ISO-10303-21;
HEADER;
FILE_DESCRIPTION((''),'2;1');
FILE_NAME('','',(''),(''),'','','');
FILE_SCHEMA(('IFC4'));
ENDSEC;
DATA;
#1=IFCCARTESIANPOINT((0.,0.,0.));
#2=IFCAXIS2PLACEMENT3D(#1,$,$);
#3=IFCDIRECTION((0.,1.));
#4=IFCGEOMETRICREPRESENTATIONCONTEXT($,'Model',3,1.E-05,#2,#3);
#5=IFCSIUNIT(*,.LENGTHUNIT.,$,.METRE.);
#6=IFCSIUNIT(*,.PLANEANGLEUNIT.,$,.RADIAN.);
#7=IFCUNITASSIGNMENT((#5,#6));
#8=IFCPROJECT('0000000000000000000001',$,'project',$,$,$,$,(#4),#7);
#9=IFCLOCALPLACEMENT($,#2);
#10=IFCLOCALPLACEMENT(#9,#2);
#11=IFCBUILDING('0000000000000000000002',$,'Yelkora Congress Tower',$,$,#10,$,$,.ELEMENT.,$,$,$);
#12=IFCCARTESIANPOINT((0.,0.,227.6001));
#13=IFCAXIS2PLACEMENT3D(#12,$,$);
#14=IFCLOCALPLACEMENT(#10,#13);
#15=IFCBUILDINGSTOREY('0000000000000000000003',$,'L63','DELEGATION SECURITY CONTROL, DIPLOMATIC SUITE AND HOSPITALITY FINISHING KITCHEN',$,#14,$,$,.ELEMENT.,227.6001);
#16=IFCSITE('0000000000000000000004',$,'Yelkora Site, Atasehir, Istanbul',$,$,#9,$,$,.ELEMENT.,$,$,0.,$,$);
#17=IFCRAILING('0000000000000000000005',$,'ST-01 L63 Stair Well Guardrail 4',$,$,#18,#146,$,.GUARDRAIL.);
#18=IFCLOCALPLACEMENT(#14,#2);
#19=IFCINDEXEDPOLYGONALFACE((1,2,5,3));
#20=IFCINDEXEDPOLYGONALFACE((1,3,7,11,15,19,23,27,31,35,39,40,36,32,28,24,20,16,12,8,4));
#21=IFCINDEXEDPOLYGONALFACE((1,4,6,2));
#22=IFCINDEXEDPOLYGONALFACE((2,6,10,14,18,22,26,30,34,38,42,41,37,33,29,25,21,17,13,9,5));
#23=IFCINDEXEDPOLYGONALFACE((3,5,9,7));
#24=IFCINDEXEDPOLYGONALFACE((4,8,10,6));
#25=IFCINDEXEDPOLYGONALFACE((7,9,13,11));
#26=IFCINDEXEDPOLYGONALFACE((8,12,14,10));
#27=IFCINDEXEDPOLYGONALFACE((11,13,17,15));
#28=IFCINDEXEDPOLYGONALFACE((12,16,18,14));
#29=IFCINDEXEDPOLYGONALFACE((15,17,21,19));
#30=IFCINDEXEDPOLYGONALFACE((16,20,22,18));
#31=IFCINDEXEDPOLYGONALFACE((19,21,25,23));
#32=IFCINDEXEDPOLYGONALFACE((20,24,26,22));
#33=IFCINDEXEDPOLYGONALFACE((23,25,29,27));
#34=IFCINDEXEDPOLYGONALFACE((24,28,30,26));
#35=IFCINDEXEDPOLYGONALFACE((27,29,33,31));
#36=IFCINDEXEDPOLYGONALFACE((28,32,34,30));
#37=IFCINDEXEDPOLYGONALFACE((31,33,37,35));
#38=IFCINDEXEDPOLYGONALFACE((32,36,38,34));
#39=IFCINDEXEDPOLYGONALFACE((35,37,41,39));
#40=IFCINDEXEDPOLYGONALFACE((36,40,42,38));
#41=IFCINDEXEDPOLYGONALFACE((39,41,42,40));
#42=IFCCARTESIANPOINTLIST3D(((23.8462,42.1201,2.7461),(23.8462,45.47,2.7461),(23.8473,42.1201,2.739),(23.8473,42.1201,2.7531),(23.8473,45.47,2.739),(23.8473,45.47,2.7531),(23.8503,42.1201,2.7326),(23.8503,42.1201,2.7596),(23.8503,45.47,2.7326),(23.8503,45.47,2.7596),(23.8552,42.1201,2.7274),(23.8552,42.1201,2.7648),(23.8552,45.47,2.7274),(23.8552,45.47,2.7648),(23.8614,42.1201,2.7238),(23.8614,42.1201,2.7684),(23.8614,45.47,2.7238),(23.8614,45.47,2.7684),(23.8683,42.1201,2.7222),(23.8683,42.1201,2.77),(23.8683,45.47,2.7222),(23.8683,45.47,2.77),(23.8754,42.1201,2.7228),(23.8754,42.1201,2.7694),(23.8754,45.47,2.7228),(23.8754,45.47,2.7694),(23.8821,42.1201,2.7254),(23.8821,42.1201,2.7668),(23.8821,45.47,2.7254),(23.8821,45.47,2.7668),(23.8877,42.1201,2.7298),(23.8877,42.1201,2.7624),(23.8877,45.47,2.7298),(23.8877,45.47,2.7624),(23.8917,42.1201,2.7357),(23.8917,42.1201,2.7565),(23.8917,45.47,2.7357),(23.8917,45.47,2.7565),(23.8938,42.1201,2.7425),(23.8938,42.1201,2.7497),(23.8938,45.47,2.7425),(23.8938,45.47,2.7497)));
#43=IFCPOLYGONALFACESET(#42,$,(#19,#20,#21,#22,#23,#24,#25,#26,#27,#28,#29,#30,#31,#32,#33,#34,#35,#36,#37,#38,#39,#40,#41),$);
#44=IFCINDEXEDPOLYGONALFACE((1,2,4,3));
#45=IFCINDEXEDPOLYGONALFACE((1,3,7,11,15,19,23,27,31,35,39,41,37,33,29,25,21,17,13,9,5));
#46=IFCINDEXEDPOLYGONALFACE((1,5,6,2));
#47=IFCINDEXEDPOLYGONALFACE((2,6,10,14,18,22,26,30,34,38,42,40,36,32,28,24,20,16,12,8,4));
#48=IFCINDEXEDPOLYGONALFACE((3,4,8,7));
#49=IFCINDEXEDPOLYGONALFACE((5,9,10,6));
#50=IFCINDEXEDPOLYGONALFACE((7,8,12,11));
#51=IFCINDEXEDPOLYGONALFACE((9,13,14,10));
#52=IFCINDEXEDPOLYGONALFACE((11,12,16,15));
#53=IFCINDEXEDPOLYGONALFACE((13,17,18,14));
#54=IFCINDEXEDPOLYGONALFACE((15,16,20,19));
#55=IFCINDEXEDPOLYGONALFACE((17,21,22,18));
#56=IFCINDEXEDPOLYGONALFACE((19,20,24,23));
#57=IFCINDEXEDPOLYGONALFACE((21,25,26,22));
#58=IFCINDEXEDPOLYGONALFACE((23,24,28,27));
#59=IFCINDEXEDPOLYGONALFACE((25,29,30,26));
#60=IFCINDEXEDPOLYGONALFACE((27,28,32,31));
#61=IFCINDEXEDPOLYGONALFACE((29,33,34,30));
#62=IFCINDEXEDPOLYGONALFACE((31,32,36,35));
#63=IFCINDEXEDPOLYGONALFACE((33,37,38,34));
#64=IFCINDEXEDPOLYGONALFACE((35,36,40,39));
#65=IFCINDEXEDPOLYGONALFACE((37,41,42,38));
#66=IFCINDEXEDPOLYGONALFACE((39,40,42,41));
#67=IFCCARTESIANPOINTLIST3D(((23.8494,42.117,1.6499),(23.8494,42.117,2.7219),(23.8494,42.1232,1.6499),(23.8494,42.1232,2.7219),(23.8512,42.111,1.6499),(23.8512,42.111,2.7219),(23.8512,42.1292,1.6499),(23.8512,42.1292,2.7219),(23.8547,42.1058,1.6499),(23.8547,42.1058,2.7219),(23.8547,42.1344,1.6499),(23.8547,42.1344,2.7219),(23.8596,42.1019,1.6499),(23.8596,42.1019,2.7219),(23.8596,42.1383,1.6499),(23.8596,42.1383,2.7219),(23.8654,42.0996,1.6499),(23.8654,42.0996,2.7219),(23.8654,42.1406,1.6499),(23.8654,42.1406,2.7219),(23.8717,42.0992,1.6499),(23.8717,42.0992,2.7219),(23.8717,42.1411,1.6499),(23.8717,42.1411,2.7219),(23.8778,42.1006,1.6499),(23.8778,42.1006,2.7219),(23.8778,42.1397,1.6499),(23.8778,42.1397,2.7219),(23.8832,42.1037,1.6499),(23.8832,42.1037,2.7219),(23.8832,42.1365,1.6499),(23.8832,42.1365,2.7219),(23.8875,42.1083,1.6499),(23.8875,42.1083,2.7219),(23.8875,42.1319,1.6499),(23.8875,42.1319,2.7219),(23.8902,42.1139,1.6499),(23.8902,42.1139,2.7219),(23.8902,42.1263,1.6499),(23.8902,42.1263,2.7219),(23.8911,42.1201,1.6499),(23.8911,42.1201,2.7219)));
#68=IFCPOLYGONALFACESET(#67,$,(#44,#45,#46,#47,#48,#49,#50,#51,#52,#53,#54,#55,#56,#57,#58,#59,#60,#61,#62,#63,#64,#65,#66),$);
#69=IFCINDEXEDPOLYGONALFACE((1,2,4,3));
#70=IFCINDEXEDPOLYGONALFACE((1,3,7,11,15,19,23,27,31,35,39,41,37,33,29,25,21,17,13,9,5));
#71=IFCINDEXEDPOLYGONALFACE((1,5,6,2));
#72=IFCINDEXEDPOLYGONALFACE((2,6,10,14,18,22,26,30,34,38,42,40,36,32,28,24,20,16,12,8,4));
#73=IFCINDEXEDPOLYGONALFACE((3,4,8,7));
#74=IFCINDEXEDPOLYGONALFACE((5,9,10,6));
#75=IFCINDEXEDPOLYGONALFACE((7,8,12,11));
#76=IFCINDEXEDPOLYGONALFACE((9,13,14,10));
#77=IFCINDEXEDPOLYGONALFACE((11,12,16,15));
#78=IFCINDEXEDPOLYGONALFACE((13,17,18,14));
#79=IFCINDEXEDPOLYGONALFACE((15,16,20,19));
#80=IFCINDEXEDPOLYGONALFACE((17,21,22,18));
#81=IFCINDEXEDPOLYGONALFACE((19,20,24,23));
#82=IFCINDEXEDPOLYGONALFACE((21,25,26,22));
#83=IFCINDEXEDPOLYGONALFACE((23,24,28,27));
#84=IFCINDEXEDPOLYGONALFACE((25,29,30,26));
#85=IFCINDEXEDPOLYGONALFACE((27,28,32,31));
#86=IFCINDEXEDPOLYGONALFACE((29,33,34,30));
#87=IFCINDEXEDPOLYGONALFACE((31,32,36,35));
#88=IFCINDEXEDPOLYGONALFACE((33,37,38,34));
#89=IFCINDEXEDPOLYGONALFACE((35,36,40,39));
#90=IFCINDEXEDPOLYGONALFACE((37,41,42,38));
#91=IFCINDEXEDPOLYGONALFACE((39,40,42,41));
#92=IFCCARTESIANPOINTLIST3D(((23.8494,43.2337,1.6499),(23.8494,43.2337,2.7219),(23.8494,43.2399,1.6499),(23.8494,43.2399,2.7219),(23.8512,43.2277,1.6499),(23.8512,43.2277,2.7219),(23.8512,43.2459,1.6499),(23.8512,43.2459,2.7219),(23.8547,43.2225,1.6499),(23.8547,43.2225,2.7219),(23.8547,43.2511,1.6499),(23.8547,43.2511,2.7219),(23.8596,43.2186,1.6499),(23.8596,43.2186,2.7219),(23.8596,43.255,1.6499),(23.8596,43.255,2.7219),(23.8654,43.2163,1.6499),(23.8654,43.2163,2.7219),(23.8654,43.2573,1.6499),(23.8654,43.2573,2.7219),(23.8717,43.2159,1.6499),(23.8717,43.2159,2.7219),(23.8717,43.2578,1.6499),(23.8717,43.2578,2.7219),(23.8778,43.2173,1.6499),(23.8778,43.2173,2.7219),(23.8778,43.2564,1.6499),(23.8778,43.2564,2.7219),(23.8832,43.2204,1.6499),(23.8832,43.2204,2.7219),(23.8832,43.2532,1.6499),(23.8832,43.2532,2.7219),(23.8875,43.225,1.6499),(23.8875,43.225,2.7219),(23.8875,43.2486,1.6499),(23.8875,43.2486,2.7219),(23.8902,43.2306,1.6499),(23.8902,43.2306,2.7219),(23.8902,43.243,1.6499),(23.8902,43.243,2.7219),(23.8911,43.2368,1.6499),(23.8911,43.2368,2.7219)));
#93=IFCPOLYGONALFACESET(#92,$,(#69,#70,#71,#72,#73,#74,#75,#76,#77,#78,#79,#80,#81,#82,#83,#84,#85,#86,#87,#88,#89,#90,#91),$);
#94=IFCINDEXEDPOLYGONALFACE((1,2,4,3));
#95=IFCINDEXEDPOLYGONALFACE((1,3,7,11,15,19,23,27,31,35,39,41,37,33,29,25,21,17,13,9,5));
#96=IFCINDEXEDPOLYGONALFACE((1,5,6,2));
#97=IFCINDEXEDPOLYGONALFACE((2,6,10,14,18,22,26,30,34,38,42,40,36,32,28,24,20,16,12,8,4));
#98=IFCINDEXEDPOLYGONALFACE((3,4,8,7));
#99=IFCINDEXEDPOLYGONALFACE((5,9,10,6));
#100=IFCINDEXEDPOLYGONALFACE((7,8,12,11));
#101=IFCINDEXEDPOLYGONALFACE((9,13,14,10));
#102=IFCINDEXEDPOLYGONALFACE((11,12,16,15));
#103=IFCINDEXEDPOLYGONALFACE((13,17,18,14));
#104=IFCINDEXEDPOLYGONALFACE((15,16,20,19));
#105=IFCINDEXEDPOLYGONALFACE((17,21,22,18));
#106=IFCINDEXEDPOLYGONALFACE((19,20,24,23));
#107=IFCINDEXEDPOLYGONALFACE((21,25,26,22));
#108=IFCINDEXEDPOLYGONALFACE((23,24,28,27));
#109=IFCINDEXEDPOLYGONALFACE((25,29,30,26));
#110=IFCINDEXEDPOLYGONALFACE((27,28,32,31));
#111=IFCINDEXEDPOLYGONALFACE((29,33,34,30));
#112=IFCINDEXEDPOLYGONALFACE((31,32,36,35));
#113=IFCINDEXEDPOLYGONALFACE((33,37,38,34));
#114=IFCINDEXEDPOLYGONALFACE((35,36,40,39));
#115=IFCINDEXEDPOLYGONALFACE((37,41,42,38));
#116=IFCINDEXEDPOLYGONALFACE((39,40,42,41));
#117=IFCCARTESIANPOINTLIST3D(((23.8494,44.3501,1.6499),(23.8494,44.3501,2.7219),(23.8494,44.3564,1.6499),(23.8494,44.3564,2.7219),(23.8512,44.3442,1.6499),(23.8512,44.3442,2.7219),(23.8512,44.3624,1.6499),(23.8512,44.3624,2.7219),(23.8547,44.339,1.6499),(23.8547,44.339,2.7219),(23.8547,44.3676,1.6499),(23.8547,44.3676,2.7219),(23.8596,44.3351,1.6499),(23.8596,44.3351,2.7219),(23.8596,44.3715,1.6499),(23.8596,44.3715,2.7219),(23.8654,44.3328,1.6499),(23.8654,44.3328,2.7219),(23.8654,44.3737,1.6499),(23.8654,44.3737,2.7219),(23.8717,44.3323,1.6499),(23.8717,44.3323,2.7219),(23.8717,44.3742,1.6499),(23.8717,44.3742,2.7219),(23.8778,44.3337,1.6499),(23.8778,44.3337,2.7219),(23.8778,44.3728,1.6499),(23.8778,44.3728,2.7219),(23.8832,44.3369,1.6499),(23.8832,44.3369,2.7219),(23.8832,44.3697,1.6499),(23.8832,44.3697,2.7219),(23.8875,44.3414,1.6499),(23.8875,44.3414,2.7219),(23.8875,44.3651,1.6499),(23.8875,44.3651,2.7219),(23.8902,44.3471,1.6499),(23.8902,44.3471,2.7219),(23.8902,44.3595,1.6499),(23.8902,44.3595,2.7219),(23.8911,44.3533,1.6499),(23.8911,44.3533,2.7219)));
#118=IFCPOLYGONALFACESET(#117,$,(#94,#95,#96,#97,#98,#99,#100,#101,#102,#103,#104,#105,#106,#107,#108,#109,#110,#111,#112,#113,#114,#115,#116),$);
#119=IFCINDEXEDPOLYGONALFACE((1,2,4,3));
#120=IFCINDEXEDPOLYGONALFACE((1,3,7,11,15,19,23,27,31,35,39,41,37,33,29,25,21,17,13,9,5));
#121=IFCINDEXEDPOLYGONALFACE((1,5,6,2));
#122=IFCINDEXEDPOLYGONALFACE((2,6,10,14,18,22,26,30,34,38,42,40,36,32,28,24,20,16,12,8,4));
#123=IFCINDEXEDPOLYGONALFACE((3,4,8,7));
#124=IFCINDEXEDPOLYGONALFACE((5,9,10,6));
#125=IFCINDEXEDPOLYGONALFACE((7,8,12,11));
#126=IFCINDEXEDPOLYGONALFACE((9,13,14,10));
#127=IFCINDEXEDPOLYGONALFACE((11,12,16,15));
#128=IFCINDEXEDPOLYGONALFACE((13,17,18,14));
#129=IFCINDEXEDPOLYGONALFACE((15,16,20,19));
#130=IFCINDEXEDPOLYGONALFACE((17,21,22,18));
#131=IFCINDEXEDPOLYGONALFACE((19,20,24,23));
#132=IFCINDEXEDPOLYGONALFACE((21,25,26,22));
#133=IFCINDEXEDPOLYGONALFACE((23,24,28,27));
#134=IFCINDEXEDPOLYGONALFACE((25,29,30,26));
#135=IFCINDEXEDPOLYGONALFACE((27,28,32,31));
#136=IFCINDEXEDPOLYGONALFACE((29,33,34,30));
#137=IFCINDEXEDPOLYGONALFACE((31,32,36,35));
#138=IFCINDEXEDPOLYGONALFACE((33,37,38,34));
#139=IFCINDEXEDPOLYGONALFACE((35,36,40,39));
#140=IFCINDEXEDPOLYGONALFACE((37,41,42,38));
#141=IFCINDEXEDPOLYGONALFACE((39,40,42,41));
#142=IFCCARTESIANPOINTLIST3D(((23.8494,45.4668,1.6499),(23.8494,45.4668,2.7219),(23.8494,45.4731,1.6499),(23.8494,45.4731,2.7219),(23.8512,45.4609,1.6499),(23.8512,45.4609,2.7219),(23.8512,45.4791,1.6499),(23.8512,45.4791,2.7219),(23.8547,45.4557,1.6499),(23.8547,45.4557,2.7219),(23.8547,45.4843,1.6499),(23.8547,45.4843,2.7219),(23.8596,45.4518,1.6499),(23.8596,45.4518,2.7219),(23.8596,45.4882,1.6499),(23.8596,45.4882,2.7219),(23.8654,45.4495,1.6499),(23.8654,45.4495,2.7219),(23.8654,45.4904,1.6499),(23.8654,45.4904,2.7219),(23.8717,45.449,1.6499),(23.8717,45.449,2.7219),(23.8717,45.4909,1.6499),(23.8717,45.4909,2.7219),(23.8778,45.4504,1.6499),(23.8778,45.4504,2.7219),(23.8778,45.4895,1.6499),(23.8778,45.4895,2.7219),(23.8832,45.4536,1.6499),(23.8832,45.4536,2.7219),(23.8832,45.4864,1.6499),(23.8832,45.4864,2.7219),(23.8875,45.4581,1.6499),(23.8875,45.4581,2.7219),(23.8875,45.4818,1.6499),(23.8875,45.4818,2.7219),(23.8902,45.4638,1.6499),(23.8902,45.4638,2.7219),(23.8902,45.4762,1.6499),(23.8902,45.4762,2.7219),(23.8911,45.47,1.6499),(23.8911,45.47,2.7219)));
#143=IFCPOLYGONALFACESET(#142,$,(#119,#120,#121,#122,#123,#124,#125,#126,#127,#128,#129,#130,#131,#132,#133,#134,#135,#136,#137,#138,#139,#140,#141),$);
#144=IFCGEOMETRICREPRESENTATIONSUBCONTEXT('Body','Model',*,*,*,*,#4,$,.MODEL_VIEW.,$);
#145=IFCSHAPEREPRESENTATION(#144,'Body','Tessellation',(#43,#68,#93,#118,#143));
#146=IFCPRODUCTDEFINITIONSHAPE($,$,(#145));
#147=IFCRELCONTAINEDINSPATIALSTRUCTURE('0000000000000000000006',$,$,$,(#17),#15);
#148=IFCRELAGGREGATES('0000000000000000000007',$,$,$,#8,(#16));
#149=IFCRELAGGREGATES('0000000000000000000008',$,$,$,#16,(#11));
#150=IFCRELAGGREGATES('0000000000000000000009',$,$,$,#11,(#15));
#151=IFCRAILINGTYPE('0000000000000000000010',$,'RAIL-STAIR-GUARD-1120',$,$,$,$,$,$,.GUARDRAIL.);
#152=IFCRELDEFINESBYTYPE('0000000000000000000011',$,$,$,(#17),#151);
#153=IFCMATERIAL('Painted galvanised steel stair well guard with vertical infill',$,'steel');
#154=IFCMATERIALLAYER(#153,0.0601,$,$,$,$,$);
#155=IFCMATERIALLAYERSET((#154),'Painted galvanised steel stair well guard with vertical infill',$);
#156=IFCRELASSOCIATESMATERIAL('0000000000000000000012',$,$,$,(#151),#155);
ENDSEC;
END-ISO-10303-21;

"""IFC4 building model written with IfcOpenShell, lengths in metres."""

from ifc_helpers import new_model, si_unit, direction, frame, origin, origin_2d, place, context, subcontext, project, spatial, circle, extrude, material, layer, layer_set, type_object, element, save


model = new_model("IFC4")

# Units and contexts
model_context = context("Model", 3, precision=1e-05, world=origin(), true_north=direction((0.0, 1.0)))
body_context = subcontext(model_context, "Body", "Model", "MODEL_VIEW")
ifc_project = project(units=[si_unit("LENGTHUNIT", "METRE"), si_unit("PLANEANGLEUNIT", "RADIAN")], contexts=[model_context])

# Site, building, storey
site_placement = place(None, origin())
site = spatial("IfcSite", under=ifc_project, at=site_placement, Name="Yelkora Site, Atasehir, Istanbul", CompositionType="ELEMENT", RefElevation=0.0)
building_placement = place(site_placement, origin())
building = spatial("IfcBuilding", under=site, at=building_placement, Name="Yelkora Congress Tower", CompositionType="ELEMENT")
storey_placement = place(building_placement, frame((0.0, 0.0, 227.6001)))
storey = spatial("IfcBuildingStorey", under=building, at=storey_placement, Name="L63", Description="DELEGATION SECURITY CONTROL, DIPLOMATIC SUITE AND HOSPITALITY FINISHING KITCHEN", CompositionType="ELEMENT", Elevation=227.6001)

# Railing
ifc_material_1 = material(Name="Painted galvanised steel stair well guard with vertical infill", Category="steel")
ifc_layer_1 = layer(ifc_material_1, 0.0601)
ifc_layer_set_1 = layer_set([ifc_layer_1], Name="Painted galvanised steel stair well guard with vertical infill")
railing_type_1 = type_object("IfcRailingType", Name="RAIL-STAIR-GUARD-1120", PredefinedType="GUARDRAIL", material=ifc_layer_set_1)
railing_1_placement = place(storey_placement, frame((23.8701, 42.1201, 1.6499)))
element("IfcRailing", 1, at=railing_1_placement, inside=storey, type_object=railing_type_1, Name="ST-01 L63 Stair Well Guardrail 4", PredefinedType="GUARDRAIL", context=body_context, shape_type="SweptSolid", body=[
    extrude(circle(Radius=0.0239, at=origin_2d()), frame((0.0, 0.0, 1.0962), z_axis=(0.0, 1.0, 0.0), x_axis=(-1.0, 0.0, 0.0)), (0.0, 0.0, 1.0), 3.3499),
    extrude(circle(Radius=0.021, at=origin_2d()), origin(), (0.0, 0.0, 1.0), 1.072),
    extrude(circle(Radius=0.021, at=origin_2d()), frame((0.0, 1.1167, 0.0)), (0.0, 0.0, 1.0), 1.072),
    extrude(circle(Radius=0.021, at=origin_2d()), frame((0.0, 2.2332, 0.0)), (0.0, 0.0, 1.0), 1.072),
    extrude(circle(Radius=0.021, at=origin_2d()), frame((0.0, 3.3499, 0.0)), (0.0, 0.0, 1.0), 1.072),
])

save(model, "model.ifc")
